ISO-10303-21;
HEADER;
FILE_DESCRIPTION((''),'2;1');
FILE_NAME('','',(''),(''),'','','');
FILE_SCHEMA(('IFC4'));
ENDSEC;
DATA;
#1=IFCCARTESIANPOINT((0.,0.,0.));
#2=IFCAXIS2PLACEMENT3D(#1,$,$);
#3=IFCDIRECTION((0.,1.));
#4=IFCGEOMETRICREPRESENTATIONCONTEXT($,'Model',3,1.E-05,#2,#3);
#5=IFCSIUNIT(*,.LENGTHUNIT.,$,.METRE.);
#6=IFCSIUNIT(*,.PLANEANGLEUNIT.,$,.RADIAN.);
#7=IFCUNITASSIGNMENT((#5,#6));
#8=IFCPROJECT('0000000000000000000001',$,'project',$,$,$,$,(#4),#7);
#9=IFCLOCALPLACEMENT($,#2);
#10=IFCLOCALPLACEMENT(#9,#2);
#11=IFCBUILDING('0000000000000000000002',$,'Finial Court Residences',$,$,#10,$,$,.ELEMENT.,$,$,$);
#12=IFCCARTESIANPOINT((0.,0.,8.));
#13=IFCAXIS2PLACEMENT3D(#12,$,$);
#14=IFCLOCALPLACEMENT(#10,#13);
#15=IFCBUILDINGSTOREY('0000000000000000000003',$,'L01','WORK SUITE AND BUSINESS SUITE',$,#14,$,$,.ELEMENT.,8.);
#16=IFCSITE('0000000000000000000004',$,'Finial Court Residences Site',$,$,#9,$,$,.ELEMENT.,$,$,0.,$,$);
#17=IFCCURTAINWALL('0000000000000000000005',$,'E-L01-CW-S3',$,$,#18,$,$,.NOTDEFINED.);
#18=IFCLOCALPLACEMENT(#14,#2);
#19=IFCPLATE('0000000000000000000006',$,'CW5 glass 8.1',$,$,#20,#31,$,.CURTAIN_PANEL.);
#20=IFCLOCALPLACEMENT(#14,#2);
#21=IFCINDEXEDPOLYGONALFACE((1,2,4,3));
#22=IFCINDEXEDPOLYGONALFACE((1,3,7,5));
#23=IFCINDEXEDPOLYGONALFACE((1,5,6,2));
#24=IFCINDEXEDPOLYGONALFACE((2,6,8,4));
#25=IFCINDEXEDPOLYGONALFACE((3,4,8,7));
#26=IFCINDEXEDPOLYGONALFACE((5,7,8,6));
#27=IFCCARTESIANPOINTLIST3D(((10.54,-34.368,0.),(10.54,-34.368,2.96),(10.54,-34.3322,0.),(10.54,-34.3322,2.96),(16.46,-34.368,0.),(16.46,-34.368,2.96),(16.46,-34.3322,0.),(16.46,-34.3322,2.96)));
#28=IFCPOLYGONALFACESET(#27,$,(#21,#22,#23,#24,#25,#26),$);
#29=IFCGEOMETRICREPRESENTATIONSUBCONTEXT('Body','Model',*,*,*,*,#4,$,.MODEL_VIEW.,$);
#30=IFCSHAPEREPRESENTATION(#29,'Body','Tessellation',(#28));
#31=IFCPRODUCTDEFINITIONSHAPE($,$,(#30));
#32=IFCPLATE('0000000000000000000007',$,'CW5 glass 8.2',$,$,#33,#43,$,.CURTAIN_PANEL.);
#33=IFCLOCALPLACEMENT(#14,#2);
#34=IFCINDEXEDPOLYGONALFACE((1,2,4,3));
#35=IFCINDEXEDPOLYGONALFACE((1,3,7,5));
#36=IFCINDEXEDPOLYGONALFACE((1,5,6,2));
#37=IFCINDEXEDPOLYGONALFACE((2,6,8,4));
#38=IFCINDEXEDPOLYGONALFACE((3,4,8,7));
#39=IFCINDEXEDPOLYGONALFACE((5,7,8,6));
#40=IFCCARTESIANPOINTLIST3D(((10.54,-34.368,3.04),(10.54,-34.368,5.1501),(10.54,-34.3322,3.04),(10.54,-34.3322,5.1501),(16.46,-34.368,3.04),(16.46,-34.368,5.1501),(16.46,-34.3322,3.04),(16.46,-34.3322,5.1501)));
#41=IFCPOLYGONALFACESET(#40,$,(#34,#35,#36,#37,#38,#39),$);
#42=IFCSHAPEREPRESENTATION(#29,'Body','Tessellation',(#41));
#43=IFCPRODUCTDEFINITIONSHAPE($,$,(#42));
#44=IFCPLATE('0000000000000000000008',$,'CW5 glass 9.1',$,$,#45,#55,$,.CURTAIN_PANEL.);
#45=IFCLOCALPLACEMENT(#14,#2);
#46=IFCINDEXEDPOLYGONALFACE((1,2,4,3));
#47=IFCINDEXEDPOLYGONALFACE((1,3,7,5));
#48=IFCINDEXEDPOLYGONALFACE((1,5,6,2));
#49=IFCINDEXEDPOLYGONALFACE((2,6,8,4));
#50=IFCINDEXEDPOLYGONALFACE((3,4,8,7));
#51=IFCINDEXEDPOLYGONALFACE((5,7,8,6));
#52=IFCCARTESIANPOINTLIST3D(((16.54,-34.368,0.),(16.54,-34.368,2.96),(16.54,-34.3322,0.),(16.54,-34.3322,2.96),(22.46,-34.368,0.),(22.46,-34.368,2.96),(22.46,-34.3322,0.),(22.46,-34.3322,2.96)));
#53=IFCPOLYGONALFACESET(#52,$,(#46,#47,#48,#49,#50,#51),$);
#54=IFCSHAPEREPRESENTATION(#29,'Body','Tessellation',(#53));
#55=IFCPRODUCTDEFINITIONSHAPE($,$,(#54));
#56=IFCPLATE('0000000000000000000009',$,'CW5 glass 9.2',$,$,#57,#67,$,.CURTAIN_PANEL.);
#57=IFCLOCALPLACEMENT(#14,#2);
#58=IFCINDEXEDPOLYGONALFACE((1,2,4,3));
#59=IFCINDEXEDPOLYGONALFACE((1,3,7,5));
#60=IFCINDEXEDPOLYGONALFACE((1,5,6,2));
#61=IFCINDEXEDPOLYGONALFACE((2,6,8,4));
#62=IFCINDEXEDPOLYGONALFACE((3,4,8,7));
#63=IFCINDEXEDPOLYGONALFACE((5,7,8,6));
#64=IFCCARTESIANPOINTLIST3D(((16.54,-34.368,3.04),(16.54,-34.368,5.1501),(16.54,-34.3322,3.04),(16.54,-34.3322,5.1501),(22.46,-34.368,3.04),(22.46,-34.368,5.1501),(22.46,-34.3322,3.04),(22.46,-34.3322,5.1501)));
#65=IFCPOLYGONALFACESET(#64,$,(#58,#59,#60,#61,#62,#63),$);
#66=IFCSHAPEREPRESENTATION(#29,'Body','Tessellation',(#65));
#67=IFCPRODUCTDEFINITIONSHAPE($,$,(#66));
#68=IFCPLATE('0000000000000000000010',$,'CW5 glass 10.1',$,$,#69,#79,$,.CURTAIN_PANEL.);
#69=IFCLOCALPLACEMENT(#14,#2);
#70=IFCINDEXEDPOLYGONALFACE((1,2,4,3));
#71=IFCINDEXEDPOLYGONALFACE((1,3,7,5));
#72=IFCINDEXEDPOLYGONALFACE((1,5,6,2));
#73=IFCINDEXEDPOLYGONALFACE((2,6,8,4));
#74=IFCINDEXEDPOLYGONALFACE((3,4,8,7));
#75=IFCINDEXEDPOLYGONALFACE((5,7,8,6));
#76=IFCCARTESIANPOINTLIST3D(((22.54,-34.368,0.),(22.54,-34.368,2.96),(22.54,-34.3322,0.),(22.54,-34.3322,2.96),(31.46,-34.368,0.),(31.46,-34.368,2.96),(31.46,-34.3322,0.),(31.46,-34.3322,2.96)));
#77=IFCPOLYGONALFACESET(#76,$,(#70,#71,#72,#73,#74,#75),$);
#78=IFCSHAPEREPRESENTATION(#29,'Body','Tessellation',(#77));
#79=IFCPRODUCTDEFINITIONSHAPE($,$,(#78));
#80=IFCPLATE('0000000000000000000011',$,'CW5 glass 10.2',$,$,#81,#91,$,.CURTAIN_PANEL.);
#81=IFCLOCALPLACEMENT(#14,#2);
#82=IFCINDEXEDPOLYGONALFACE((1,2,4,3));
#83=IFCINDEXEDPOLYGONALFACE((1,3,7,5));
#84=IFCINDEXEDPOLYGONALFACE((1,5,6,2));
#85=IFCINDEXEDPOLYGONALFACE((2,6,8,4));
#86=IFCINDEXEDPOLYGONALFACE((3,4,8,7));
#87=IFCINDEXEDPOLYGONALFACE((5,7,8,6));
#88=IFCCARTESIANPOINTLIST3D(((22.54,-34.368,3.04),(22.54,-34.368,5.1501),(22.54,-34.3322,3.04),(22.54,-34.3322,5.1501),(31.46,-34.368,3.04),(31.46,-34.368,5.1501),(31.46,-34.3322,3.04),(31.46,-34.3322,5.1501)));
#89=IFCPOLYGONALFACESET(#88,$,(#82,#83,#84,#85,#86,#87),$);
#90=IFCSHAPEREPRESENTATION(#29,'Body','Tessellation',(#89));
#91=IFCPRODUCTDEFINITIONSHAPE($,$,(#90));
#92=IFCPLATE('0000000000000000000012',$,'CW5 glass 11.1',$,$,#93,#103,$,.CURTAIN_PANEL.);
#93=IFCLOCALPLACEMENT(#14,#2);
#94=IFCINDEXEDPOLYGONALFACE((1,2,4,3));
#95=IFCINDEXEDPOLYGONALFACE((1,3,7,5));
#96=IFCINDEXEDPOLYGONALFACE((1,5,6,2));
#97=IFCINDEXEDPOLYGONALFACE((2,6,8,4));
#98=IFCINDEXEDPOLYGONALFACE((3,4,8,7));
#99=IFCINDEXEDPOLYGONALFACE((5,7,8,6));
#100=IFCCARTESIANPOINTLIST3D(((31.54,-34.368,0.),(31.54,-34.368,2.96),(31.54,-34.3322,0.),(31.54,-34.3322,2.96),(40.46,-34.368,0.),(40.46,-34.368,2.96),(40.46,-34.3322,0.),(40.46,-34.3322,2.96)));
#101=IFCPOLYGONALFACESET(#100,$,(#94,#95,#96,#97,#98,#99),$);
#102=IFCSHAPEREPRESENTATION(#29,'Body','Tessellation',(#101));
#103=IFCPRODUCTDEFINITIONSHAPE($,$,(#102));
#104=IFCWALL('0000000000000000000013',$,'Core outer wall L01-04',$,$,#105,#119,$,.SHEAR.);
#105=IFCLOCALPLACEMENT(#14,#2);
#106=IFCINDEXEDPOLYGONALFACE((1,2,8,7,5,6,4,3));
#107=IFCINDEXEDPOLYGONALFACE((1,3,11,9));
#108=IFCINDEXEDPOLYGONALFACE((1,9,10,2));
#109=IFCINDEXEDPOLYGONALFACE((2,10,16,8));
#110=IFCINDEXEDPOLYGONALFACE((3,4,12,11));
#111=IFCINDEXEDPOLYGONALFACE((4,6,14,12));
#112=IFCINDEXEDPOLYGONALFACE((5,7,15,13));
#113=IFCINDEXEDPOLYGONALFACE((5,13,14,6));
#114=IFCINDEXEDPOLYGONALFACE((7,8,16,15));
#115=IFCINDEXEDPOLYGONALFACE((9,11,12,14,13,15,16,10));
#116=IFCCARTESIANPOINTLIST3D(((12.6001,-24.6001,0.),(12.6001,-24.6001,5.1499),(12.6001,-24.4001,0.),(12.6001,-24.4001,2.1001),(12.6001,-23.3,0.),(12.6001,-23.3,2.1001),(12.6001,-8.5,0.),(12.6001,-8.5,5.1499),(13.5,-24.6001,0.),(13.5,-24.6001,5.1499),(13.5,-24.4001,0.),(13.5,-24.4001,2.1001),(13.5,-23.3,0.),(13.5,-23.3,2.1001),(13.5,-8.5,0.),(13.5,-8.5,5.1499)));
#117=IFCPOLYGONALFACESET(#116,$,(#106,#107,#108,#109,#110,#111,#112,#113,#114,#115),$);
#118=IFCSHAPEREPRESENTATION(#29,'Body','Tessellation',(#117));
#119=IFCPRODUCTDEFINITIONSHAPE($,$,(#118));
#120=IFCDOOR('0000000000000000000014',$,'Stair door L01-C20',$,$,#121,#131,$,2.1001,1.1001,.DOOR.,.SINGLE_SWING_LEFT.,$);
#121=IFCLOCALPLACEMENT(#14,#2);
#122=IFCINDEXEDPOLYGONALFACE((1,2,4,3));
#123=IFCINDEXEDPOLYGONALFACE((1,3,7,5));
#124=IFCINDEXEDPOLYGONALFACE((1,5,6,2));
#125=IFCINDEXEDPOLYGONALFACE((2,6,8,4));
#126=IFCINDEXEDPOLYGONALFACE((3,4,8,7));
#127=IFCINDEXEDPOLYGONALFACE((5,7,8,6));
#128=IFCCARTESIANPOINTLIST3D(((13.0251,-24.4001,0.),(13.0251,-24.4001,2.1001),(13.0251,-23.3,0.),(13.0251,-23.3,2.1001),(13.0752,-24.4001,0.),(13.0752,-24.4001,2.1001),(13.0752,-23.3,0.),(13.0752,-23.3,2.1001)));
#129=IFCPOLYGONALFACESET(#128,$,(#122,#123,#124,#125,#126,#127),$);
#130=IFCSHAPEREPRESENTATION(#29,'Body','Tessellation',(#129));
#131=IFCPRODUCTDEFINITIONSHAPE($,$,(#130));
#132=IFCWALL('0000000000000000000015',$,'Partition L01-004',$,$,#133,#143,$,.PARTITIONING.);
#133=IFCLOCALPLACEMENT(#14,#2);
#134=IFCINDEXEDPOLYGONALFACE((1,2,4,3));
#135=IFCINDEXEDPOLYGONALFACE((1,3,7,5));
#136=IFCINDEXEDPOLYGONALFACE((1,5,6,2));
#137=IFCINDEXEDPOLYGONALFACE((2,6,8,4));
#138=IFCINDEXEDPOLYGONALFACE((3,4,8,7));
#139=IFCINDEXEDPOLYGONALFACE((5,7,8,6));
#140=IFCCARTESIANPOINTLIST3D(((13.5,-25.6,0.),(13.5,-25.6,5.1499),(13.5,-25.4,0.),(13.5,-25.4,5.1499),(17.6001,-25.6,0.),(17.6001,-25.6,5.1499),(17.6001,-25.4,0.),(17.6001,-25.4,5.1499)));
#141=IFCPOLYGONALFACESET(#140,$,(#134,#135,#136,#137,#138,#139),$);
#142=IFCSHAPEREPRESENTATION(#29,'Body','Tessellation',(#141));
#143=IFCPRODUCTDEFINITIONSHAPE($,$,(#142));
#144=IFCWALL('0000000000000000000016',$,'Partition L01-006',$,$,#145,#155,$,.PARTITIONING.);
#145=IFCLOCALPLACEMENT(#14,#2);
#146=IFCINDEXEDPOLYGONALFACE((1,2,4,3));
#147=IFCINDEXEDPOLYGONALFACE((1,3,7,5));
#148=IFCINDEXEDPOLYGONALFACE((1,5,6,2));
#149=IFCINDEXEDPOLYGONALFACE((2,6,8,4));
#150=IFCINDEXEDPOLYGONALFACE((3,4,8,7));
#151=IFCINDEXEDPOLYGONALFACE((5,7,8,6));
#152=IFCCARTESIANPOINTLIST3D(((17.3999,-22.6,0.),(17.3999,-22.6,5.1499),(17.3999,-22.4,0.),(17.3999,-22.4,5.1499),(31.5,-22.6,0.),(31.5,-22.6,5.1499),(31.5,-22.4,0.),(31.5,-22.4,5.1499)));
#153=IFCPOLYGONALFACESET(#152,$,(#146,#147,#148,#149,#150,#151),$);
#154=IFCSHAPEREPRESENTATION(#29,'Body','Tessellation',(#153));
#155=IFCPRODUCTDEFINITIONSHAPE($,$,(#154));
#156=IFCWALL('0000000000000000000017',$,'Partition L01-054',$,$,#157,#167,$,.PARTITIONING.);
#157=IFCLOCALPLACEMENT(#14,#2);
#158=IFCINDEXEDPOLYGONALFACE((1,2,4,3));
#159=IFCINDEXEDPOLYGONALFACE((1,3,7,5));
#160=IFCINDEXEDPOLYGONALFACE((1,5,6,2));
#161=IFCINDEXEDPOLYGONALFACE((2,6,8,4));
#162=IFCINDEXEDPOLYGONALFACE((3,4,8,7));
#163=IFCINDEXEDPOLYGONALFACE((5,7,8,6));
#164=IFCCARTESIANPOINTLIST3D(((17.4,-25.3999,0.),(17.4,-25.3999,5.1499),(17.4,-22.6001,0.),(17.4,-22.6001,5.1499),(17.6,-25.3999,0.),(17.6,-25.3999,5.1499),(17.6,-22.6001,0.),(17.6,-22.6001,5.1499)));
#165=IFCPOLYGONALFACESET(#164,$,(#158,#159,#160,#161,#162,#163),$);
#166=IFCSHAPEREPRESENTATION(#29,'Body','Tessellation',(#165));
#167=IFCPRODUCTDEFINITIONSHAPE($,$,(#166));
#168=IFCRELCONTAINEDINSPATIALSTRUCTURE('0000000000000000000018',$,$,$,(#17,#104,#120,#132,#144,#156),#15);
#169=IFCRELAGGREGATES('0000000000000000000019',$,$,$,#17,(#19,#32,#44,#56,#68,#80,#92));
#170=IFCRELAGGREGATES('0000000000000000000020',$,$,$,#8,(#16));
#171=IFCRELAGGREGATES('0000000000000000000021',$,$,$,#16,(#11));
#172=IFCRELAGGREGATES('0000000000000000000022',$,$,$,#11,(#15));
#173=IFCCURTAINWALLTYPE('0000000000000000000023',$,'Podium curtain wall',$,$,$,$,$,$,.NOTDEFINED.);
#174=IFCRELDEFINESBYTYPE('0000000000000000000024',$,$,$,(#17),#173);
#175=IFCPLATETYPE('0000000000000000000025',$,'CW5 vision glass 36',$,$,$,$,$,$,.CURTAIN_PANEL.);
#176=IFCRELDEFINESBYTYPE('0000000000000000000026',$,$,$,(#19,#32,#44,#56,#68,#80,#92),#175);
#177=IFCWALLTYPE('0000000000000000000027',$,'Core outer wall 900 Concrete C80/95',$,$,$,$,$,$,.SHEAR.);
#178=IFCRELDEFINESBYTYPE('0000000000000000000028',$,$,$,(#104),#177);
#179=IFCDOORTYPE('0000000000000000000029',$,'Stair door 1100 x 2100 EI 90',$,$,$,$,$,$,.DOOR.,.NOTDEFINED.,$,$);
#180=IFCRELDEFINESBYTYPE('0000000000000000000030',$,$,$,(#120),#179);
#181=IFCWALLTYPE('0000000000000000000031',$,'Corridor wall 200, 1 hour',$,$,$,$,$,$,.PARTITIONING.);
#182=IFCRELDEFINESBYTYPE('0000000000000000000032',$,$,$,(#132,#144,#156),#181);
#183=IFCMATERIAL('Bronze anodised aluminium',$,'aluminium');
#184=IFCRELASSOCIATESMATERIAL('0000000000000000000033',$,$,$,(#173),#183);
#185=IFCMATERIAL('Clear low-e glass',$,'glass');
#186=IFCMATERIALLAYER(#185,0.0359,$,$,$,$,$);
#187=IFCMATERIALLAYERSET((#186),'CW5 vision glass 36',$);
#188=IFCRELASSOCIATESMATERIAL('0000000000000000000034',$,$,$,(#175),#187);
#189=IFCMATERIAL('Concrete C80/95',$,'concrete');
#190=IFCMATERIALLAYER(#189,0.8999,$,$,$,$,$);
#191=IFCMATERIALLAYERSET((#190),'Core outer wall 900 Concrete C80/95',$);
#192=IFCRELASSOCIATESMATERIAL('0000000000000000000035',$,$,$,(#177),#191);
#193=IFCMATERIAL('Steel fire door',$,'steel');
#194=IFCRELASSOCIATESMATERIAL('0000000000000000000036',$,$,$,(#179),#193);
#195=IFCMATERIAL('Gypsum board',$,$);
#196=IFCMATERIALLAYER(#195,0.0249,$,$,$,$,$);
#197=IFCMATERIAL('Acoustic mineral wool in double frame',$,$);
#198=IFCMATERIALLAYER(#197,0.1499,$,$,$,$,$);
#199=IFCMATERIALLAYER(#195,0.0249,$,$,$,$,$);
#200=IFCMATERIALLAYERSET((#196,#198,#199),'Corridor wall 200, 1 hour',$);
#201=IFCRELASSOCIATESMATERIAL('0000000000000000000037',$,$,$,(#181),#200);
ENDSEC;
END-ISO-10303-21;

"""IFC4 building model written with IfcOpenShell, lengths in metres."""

from ifc_helpers import new_model, si_unit, direction, frame, frame_2d, origin, origin_2d, place, context, subcontext, project, spatial, rectangle, extrude, material, layer, layer_set, type_object, element, fill, aggregate, save


model = new_model("IFC4")

# Units and contexts
model_context = context("Model", 3, precision=1e-05, world=origin(), true_north=direction((0.0, 1.0)))
body_context = subcontext(model_context, "Body", "Model", "MODEL_VIEW")
ifc_project = project(units=[si_unit("LENGTHUNIT", "METRE"), si_unit("PLANEANGLEUNIT", "RADIAN")], contexts=[model_context])

# Site, building, storey
site_placement = place(None, origin())
site = spatial("IfcSite", under=ifc_project, at=site_placement, Name="Finial Court Residences Site", CompositionType="ELEMENT", RefElevation=0.0)
building_placement = place(site_placement, origin())
building = spatial("IfcBuilding", under=site, at=building_placement, Name="Finial Court Residences", CompositionType="ELEMENT")
storey_placement = place(building_placement, frame((0.0, 0.0, 8.0)))
storey = spatial("IfcBuildingStorey", under=building, at=storey_placement, Name="L01", Description="WORK SUITE AND BUSINESS SUITE", CompositionType="ELEMENT", Elevation=8.0)

# Shared definitions
ifc_material_1 = material(Name="Concrete C80/95", Category="concrete")

# Curtain wall, plates
ifc_material_2 = material(Name="Bronze anodised aluminium", Category="aluminium")
curtain_wall_type = type_object("IfcCurtainWallType", Name="Podium curtain wall", PredefinedType="NOTDEFINED", material=ifc_material_2)
curtain_wall_placement = place(storey_placement, origin())
curtain_wall = element("IfcCurtainWall", 1, at=curtain_wall_placement, inside=storey, type_object=curtain_wall_type, Name="E-L01-CW-S3", PredefinedType="NOTDEFINED")
ifc_material_3 = material(Name="Clear low-e glass", Category="glass")
ifc_layer_1 = layer(ifc_material_3, 0.0359)
ifc_layer_set_1 = layer_set([ifc_layer_1], Name="CW5 vision glass 36")
plate_type = type_object("IfcPlateType", Name="CW5 vision glass 36", PredefinedType="CURTAIN_PANEL", material=ifc_layer_set_1)
plate_1_placement = place(storey_placement, frame((13.5, -34.3501, 0.0), z_axis=(0.0, 0.0, 1.0), x_axis=(1.0, 0.0, 0.0)))
plate_1 = element("IfcPlate", 2, at=plate_1_placement, type_object=plate_type, Name="CW5 glass 8.1", PredefinedType="CURTAIN_PANEL", context=body_context, shape_type="SweptSolid", body=[
    extrude(rectangle(XDim=5.9199, YDim=0.0359, at=origin_2d()), origin(), (0.0, 0.0, 1.0), 2.96),
])
plate_2_placement = place(storey_placement, frame((13.5, -34.3501, 3.04), z_axis=(0.0, 0.0, 1.0), x_axis=(1.0, 0.0, 0.0)))
plate_2 = element("IfcPlate", 3, at=plate_2_placement, type_object=plate_type, Name="CW5 glass 8.2", PredefinedType="CURTAIN_PANEL", context=body_context, shape_type="SweptSolid", body=[
    extrude(rectangle(XDim=5.9199, YDim=0.0359, at=origin_2d()), origin(), (0.0, 0.0, 1.0), 2.1101),
])
plate_3_placement = place(storey_placement, frame((19.5, -34.3501, 0.0), z_axis=(0.0, 0.0, 1.0), x_axis=(1.0, 0.0, 0.0)))
plate_3 = element("IfcPlate", 4, at=plate_3_placement, type_object=plate_type, Name="CW5 glass 9.1", PredefinedType="CURTAIN_PANEL", context=body_context, shape_type="SweptSolid", body=[
    extrude(rectangle(XDim=5.9199, YDim=0.0359, at=origin_2d()), origin(), (0.0, 0.0, 1.0), 2.96),
])
plate_4_placement = place(storey_placement, frame((19.5, -34.3501, 3.04), z_axis=(0.0, 0.0, 1.0), x_axis=(1.0, 0.0, 0.0)))
plate_4 = element("IfcPlate", 5, at=plate_4_placement, type_object=plate_type, Name="CW5 glass 9.2", PredefinedType="CURTAIN_PANEL", context=body_context, shape_type="SweptSolid", body=[
    extrude(rectangle(XDim=5.9199, YDim=0.0359, at=origin_2d()), origin(), (0.0, 0.0, 1.0), 2.1101),
])
plate_5_placement = place(storey_placement, frame((27.0, -34.3501, 0.0), z_axis=(0.0, 0.0, 1.0), x_axis=(1.0, 0.0, 0.0)))
plate_5 = element("IfcPlate", 6, at=plate_5_placement, type_object=plate_type, Name="CW5 glass 10.1", PredefinedType="CURTAIN_PANEL", context=body_context, shape_type="SweptSolid", body=[
    extrude(rectangle(XDim=8.9199, YDim=0.0359, at=origin_2d()), origin(), (0.0, 0.0, 1.0), 2.96),
])
plate_6_placement = place(storey_placement, frame((27.0, -34.3501, 3.04), z_axis=(0.0, 0.0, 1.0), x_axis=(1.0, 0.0, 0.0)))
plate_6 = element("IfcPlate", 7, at=plate_6_placement, type_object=plate_type, Name="CW5 glass 10.2", PredefinedType="CURTAIN_PANEL", context=body_context, shape_type="SweptSolid", body=[
    extrude(rectangle(XDim=8.9199, YDim=0.0359, at=origin_2d()), origin(), (0.0, 0.0, 1.0), 2.1101),
])
plate_7_placement = place(storey_placement, frame((36.0, -34.3501, 0.0), z_axis=(0.0, 0.0, 1.0), x_axis=(1.0, 0.0, 0.0)))
plate_7 = element("IfcPlate", 8, at=plate_7_placement, type_object=plate_type, Name="CW5 glass 11.1", PredefinedType="CURTAIN_PANEL", context=body_context, shape_type="SweptSolid", body=[
    extrude(rectangle(XDim=8.9199, YDim=0.0359, at=origin_2d()), origin(), (0.0, 0.0, 1.0), 2.96),
])
aggregate(curtain_wall, [plate_1, plate_2, plate_3, plate_4, plate_5, plate_6, plate_7])

# Wall, opening, door
ifc_layer_2 = layer(ifc_material_1, 0.8999)
ifc_layer_set_2 = layer_set([ifc_layer_2], Name="Core outer wall 900 Concrete C80/95")
wall_type_1 = type_object("IfcWallType", Name="Core outer wall 900 Concrete C80/95", PredefinedType="SHEAR", material=ifc_layer_set_2)
wall_1_placement = place(storey_placement, frame((13.05, -24.6001, 0.0), z_axis=(0.0, 0.0, 1.0), x_axis=(0.0, 1.0, 0.0)))
wall_1 = element("IfcWall", 9, at=wall_1_placement, inside=storey, type_object=wall_type_1, Name="Core outer wall L01-04", PredefinedType="SHEAR", context=body_context, shape_type="SweptSolid", body=[
    extrude(rectangle(XDim=16.1001, YDim=0.8999, at=frame_2d((8.05, 0.0))), origin(), (0.0, 0.0, 1.0), 5.1499),
])
opening_1_placement = place(wall_1_placement, frame((0.2, 0.0, 0.0)))
opening_1 = element("IfcOpeningElement", 10, at=opening_1_placement, cuts=wall_1, PredefinedType="OPENING", context=body_context, shape_type="SweptSolid", body=[
    extrude(rectangle(XDim=1.1001, YDim=2.1001, at=frame_2d((0.55, 1.05))), frame((0.0, 0.46, 0.0), z_axis=(0.0, -1.0, 0.0), x_axis=(1.0, 0.0, 0.0)), (0.0, 0.0, 1.0), 0.9199),
])
ifc_material_4 = material(Name="Steel fire door", Category="steel")
door_type_1 = type_object("IfcDoorType", Name="Stair door 1100 x 2100 EI 90", OperationType="NOTDEFINED", PredefinedType="DOOR", material=ifc_material_4)
door_1_placement = place(opening_1_placement, origin())
door_1 = element("IfcDoor", 11, at=door_1_placement, inside=storey, type_object=door_type_1, Name="Stair door L01-C20", OperationType="SINGLE_SWING_LEFT", OverallHeight=2.1001, OverallWidth=1.1001, PredefinedType="DOOR", context=body_context, shape_type="SweptSolid", body=[
    extrude(rectangle(XDim=1.1001, YDim=2.1001, at=frame_2d((0.55, 1.05))), frame((0.0, 0.0249, 0.0), z_axis=(0.0, -1.0, 0.0), x_axis=(1.0, 0.0, 0.0)), (0.0, 0.0, 1.0), 0.05),
])
fill(opening_1, door_1)

# Walls
ifc_material_5 = material(Name="Gypsum board")
ifc_layer_3 = layer(ifc_material_5, 0.0249)
ifc_material_6 = material(Name="Acoustic mineral wool in double frame")
ifc_layer_4 = layer(ifc_material_6, 0.1499)
ifc_layer_5 = layer(ifc_material_5, 0.0249)
ifc_layer_set_3 = layer_set([ifc_layer_3, ifc_layer_4, ifc_layer_5], Name="Corridor wall 200, 1 hour")
wall_type_2 = type_object("IfcWallType", Name="Corridor wall 200, 1 hour", PredefinedType="PARTITIONING", material=ifc_layer_set_3)
wall_2_placement = place(storey_placement, frame((13.5, -25.5, 0.0), z_axis=(0.0, 0.0, 1.0), x_axis=(1.0, 0.0, 0.0)))
element("IfcWall", 12, at=wall_2_placement, inside=storey, type_object=wall_type_2, Name="Partition L01-004", PredefinedType="PARTITIONING", context=body_context, shape_type="SweptSolid", body=[
    extrude(rectangle(XDim=4.1001, YDim=0.2, at=frame_2d((2.05, 0.0))), origin(), (0.0, 0.0, 1.0), 5.1499),
])
wall_3_placement = place(storey_placement, frame((17.3999, -22.5, 0.0), z_axis=(0.0, 0.0, 1.0), x_axis=(1.0, 0.0, 0.0)))
element("IfcWall", 13, at=wall_3_placement, inside=storey, type_object=wall_type_2, Name="Partition L01-006", PredefinedType="PARTITIONING", context=body_context, shape_type="SweptSolid", body=[
    extrude(rectangle(XDim=14.1001, YDim=0.2, at=frame_2d((7.05, 0.0))), origin(), (0.0, 0.0, 1.0), 5.1499),
])
wall_4_placement = place(storey_placement, frame((17.5, -25.3999, 0.0), z_axis=(0.0, 0.0, 1.0), x_axis=(0.0, 1.0, 0.0)))
element("IfcWall", 14, at=wall_4_placement, inside=storey, type_object=wall_type_2, Name="Partition L01-054", PredefinedType="PARTITIONING", context=body_context, shape_type="SweptSolid", body=[
    extrude(rectangle(XDim=2.7998, YDim=0.2, at=frame_2d((1.3999, 0.0))), origin(), (0.0, 0.0, 1.0), 5.1499),
])

save(model, "model.ifc")
